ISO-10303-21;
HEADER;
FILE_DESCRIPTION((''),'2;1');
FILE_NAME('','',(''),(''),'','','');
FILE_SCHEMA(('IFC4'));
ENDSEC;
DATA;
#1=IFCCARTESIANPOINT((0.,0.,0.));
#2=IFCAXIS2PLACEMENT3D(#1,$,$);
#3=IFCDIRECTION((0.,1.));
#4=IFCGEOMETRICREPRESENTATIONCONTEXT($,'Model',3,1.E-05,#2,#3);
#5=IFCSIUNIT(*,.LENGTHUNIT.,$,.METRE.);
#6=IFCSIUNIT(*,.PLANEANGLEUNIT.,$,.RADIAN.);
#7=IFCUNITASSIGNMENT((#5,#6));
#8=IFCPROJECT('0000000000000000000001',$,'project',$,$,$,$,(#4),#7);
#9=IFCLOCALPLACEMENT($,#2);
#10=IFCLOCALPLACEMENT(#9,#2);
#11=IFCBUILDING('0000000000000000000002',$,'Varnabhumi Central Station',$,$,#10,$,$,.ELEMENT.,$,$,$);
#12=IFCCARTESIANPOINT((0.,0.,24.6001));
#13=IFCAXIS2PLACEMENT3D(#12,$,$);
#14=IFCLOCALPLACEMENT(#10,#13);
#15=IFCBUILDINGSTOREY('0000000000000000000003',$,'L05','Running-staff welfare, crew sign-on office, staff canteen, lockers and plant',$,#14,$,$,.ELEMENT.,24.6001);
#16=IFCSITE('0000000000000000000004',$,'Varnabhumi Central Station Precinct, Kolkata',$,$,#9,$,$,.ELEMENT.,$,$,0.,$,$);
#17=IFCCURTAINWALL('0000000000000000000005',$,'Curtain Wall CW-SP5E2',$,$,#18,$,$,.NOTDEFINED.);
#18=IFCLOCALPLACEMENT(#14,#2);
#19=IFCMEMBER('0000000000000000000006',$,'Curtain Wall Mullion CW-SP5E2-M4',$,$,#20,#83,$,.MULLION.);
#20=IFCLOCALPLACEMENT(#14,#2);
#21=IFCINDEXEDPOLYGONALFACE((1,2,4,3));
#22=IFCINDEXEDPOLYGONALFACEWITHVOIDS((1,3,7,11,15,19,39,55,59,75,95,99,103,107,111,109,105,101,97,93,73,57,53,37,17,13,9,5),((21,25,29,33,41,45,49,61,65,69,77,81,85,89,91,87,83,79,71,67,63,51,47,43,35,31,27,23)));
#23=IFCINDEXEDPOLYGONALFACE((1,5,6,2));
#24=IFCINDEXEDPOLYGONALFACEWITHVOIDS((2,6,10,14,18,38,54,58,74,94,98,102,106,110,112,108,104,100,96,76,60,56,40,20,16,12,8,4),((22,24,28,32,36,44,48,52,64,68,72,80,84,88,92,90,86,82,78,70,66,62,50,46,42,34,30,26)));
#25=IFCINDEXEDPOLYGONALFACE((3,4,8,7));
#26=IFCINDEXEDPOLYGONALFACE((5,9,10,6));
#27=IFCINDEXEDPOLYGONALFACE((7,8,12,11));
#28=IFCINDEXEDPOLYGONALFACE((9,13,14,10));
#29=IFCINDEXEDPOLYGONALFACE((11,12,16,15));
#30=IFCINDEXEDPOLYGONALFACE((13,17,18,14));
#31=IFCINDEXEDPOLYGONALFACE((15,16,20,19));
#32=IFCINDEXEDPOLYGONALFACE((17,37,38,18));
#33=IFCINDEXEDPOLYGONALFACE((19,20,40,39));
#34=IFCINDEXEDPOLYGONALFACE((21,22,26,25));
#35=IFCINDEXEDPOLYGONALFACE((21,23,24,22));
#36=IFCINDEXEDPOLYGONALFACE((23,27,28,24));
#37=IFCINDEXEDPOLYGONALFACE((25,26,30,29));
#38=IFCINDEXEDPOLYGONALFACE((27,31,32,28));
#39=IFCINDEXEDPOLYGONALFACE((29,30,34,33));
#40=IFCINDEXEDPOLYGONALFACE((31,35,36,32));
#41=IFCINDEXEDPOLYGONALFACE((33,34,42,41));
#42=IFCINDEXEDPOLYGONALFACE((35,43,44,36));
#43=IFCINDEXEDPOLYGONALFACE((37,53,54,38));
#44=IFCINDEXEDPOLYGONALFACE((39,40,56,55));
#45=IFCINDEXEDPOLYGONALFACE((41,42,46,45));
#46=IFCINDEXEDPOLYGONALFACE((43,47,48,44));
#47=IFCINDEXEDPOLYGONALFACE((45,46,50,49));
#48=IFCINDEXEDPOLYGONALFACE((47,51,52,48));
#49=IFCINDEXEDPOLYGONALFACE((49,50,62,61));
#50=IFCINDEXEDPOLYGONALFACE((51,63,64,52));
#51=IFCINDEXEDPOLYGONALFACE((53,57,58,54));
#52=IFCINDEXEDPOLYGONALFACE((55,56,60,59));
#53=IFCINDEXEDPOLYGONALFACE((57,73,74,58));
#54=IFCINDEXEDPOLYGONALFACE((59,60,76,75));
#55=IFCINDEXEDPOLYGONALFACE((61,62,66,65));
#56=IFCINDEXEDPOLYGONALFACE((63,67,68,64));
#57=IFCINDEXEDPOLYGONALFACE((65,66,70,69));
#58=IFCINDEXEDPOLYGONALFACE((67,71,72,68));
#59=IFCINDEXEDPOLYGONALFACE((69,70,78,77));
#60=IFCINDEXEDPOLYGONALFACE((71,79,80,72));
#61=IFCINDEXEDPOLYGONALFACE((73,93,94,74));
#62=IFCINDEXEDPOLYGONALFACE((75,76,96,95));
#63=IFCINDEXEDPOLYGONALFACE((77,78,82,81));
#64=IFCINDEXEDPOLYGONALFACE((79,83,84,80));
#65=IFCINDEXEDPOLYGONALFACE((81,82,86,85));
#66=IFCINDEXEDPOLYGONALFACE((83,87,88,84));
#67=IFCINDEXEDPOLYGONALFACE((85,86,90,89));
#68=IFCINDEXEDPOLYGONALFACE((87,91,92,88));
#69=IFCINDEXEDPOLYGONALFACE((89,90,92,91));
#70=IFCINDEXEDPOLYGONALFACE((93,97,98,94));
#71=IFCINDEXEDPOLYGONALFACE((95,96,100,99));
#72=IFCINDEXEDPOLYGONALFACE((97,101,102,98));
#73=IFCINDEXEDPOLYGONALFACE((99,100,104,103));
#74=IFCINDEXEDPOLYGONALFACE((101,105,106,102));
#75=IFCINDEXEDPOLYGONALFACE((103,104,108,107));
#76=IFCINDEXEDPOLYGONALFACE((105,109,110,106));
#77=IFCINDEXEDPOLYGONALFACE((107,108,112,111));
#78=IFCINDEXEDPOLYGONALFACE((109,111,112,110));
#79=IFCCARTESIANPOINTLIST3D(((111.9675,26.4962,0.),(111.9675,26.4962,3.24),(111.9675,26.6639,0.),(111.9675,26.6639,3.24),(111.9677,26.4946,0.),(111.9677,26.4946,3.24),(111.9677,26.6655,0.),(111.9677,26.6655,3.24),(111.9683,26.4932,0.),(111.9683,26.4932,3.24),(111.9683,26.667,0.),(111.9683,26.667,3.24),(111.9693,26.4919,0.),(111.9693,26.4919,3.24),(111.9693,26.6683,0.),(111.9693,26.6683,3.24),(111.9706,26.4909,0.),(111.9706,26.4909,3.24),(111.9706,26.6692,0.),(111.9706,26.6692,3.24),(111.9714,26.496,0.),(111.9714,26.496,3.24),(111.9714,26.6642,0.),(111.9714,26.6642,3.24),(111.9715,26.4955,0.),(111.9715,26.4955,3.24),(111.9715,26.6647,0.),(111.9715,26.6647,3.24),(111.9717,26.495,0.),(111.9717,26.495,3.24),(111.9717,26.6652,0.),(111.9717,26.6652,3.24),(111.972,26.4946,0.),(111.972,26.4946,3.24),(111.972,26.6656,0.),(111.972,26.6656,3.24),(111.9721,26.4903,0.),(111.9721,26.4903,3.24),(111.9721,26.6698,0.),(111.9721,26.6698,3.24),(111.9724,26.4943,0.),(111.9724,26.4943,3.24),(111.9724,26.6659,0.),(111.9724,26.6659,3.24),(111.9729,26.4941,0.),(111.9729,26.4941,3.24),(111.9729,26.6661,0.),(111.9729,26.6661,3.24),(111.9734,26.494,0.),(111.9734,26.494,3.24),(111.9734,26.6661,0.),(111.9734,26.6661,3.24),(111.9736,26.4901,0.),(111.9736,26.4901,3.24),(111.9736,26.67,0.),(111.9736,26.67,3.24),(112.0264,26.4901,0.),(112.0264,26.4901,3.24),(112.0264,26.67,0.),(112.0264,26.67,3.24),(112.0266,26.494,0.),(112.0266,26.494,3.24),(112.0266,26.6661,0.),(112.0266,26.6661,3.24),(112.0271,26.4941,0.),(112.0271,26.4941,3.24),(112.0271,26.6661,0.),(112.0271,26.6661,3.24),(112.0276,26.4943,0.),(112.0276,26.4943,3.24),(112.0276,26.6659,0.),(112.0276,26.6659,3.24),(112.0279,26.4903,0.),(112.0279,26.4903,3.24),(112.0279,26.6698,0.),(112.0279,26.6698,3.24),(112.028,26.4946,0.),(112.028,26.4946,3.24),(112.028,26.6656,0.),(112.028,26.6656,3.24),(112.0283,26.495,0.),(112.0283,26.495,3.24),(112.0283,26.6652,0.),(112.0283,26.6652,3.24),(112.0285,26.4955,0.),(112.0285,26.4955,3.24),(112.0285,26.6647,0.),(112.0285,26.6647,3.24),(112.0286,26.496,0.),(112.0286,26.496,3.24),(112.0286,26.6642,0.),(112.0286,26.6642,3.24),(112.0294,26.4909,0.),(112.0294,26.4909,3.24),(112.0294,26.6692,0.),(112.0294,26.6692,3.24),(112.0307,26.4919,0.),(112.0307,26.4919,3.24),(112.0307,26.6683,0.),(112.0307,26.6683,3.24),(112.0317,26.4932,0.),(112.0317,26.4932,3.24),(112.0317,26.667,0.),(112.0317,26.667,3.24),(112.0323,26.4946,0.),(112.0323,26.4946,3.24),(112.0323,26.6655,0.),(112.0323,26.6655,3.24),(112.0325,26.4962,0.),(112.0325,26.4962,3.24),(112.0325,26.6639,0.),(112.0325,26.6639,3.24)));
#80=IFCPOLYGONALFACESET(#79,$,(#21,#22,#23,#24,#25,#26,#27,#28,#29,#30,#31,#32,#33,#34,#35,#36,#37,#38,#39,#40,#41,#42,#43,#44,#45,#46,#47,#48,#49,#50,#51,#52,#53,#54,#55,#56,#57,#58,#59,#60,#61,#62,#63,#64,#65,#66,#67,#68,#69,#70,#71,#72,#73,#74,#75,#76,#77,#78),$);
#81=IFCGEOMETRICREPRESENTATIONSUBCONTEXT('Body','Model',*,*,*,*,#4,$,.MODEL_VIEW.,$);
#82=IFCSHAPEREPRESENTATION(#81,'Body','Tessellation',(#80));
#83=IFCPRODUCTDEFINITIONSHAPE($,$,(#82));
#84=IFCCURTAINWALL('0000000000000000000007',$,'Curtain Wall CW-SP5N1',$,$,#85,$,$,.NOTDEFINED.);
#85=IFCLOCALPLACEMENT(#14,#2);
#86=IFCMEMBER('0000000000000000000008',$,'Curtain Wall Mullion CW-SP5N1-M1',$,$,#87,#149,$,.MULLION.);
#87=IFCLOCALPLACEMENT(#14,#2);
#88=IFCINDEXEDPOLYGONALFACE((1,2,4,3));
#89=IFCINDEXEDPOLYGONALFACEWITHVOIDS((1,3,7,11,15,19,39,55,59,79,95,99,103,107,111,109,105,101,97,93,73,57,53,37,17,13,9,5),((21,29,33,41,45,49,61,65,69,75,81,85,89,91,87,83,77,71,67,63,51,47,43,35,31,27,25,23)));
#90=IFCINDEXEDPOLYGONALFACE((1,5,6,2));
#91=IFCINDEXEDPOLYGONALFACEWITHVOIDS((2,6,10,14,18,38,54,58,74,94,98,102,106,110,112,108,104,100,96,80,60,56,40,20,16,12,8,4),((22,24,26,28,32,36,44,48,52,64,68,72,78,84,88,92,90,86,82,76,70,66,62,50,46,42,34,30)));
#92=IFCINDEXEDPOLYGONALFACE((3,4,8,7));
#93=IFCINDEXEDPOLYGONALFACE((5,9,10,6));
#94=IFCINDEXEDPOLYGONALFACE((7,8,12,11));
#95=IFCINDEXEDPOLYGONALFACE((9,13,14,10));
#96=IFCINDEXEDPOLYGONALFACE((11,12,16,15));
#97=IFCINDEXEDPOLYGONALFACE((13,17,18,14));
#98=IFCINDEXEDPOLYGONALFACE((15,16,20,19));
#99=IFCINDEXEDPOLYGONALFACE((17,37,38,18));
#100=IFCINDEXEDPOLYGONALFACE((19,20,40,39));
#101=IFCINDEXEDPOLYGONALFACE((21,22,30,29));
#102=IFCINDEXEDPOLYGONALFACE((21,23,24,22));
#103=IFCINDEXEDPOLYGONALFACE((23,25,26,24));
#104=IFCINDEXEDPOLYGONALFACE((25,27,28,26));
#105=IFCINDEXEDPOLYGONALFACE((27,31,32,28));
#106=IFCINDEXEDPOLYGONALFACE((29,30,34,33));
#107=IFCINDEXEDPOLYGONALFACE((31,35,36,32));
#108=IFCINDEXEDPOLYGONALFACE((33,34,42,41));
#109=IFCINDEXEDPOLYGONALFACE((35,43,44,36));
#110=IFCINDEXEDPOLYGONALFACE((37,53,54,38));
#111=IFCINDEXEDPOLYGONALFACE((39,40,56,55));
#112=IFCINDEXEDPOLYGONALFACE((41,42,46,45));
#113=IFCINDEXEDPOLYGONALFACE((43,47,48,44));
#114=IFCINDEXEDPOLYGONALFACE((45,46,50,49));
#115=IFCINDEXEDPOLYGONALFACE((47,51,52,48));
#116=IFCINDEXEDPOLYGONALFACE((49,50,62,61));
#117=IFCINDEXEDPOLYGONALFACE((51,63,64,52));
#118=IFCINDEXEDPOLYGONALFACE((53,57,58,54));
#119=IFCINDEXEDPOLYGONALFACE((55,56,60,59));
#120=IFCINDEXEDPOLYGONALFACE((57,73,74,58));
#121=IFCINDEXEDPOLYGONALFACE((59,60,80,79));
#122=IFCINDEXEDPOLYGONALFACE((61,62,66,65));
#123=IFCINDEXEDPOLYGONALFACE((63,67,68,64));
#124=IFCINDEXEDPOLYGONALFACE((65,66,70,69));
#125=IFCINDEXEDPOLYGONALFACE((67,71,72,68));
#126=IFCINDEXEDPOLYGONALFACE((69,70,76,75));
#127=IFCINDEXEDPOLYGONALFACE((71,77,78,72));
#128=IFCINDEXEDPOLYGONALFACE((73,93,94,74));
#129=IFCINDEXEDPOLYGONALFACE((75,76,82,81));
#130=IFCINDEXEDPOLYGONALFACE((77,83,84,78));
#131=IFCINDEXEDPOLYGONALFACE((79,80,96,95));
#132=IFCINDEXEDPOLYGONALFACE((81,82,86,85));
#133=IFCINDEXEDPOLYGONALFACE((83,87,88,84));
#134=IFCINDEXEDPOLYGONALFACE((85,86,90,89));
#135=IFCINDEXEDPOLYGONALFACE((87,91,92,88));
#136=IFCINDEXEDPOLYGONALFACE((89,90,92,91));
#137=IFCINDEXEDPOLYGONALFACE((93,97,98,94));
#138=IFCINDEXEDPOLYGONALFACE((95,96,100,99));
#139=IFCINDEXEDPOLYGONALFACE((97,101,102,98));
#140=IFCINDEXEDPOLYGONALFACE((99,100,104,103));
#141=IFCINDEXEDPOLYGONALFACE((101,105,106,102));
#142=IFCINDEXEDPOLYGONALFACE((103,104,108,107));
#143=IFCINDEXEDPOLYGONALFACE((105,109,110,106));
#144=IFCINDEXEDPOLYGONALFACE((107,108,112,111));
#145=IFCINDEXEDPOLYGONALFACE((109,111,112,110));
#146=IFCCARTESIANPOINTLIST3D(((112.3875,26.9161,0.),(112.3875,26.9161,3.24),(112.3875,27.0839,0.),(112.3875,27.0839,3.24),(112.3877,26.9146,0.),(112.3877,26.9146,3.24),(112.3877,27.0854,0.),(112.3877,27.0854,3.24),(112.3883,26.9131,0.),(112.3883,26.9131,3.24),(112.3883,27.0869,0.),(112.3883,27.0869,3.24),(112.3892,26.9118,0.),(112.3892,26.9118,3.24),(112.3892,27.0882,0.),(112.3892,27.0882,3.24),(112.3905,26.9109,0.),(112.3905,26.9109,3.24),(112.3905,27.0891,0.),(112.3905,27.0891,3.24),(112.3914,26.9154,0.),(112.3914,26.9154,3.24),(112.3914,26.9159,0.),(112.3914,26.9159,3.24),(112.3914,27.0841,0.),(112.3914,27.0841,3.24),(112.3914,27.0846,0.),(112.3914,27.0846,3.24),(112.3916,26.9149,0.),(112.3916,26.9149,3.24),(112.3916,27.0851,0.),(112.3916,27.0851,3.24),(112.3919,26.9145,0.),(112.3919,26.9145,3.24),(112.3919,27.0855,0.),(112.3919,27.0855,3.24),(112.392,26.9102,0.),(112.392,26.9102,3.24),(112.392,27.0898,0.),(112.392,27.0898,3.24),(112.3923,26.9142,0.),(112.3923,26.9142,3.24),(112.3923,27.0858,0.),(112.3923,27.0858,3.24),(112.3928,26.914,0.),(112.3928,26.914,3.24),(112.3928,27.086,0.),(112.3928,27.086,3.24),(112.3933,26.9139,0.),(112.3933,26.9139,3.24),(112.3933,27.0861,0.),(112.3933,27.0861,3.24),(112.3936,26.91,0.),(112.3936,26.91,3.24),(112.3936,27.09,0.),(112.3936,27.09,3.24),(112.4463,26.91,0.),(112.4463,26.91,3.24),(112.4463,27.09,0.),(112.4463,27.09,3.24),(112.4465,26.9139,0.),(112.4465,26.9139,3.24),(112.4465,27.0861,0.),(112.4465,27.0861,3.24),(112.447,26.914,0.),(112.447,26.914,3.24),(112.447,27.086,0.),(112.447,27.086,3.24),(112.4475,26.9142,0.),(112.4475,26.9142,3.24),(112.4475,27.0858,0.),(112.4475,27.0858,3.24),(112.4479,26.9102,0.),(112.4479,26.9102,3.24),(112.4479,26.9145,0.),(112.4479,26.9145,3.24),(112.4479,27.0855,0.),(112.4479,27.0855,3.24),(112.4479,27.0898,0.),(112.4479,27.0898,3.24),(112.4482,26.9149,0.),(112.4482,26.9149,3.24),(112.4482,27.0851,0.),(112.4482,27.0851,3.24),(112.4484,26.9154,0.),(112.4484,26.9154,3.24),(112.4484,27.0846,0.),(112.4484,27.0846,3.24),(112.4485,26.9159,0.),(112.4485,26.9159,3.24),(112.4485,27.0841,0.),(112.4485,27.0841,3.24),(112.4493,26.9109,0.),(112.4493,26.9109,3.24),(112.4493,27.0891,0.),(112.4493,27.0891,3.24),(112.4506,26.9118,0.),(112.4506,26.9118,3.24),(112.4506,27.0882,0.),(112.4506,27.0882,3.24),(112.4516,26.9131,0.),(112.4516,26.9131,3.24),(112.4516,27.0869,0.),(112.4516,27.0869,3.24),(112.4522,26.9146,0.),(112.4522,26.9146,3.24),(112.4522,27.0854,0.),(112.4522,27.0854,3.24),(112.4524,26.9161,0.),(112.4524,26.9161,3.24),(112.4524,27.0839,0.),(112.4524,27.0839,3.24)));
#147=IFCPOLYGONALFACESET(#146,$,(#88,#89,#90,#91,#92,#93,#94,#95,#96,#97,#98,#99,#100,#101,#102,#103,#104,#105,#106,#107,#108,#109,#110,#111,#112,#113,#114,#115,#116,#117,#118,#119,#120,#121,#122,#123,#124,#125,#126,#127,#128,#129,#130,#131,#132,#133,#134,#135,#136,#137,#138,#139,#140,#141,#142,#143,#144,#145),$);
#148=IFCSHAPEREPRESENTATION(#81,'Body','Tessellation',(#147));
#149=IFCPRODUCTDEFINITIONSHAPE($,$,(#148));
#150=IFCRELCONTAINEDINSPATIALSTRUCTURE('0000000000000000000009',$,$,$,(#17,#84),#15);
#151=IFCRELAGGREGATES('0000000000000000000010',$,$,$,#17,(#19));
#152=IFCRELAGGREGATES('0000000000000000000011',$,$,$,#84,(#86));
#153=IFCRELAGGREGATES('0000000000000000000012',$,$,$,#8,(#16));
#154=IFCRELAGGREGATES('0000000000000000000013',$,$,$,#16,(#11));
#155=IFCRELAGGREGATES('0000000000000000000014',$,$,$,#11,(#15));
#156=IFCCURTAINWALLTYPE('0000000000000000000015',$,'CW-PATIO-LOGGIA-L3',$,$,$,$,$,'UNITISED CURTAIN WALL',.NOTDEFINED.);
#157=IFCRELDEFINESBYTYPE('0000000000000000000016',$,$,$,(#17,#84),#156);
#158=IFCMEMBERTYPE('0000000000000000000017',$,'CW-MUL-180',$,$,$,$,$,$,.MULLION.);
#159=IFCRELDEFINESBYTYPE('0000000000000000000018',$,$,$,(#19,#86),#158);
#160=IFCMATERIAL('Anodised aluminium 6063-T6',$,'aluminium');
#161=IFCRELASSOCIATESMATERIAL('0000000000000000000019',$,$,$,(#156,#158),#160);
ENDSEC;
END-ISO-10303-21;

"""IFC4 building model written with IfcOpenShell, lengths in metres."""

from ifc_helpers import new_model, si_unit, direction, frame, origin, origin_2d, place, context, subcontext, project, spatial, hollow_rectangle, extrude, material, material_profile, profile_set, type_object, element, aggregate, save


model = new_model("IFC4")

# Units and contexts
model_context = context("Model", 3, precision=1e-05, world=origin(), true_north=direction((0.0, 1.0)))
body_context = subcontext(model_context, "Body", "Model", "MODEL_VIEW")
ifc_project = project(units=[si_unit("LENGTHUNIT", "METRE"), si_unit("PLANEANGLEUNIT", "RADIAN")], contexts=[model_context])

# Site, building, storey
site_placement = place(None, origin())
site = spatial("IfcSite", under=ifc_project, at=site_placement, Name="Varnabhumi Central Station Precinct, Kolkata", CompositionType="ELEMENT", RefElevation=0.0)
building_placement = place(site_placement, origin())
building = spatial("IfcBuilding", under=site, at=building_placement, Name="Varnabhumi Central Station", CompositionType="ELEMENT")
storey_placement = place(building_placement, frame((0.0, 0.0, 24.6001)))
storey = spatial("IfcBuildingStorey", under=building, at=storey_placement, Name="L05", Description="Running-staff welfare, crew sign-on office, staff canteen, lockers and plant", CompositionType="ELEMENT", Elevation=24.6001)

# Curtain walls, members
ifc_material_1 = material(Name="Anodised aluminium 6063-T6", Category="aluminium")
curtain_wall_type = type_object("IfcCurtainWallType", Name="CW-PATIO-LOGGIA-L3", ElementType="UNITISED CURTAIN WALL", PredefinedType="NOTDEFINED", material=ifc_material_1)
curtain_wall_1_placement = place(storey_placement, origin())
curtain_wall_1 = element("IfcCurtainWall", 1, at=curtain_wall_1_placement, inside=storey, type_object=curtain_wall_type, Name="Curtain Wall CW-SP5E2", PredefinedType="NOTDEFINED")
ifc_material_profile_1 = material_profile(ifc_material_1, hollow_rectangle(XDim=0.0649, YDim=0.1799, WallThickness=0.0039, InnerFilletRadius=0.002, OuterFilletRadius=0.0061, at=origin_2d()), Name="Anodised aluminium 6063-T6", Category="aluminium")
ifc_profile_set_1 = profile_set([ifc_material_profile_1], Name="Anodised aluminium 6063-T6")
member_type_1 = type_object("IfcMemberType", Name="CW-MUL-180", PredefinedType="MULLION", material=ifc_profile_set_1)
member_1_placement = place(storey_placement, frame((112.0, 26.5801, 0.0), z_axis=(0.0, 0.0, 1.0), x_axis=(1.0, 0.0, 0.0)))
member_1 = element("IfcMember", 2, at=member_1_placement, type_object=member_type_1, Name="Curtain Wall Mullion CW-SP5E2-M4", PredefinedType="MULLION", context=body_context, shape_type="SweptSolid", body=[
    extrude(hollow_rectangle(XDim=0.0649, YDim=0.1799, WallThickness=0.0039, InnerFilletRadius=0.002, OuterFilletRadius=0.0061, at=origin_2d()), origin(), (0.0, 0.0, 1.0), 3.24),
])
curtain_wall_2_placement = place(storey_placement, origin())
curtain_wall_2 = element("IfcCurtainWall", 3, at=curtain_wall_2_placement, inside=storey, type_object=curtain_wall_type, Name="Curtain Wall CW-SP5N1", PredefinedType="NOTDEFINED")
member_2_placement = place(storey_placement, frame((112.4199, 27.0, 0.0), z_axis=(0.0, 0.0, 1.0), x_axis=(1.0, 0.0, 0.0)))
member_2 = element("IfcMember", 4, at=member_2_placement, type_object=member_type_1, Name="Curtain Wall Mullion CW-SP5N1-M1", PredefinedType="MULLION", context=body_context, shape_type="SweptSolid", body=[
    extrude(hollow_rectangle(XDim=0.0649, YDim=0.1799, WallThickness=0.0039, InnerFilletRadius=0.002, OuterFilletRadius=0.0061, at=origin_2d()), origin(), (0.0, 0.0, 1.0), 3.24),
])

aggregate(curtain_wall_1, [member_1])
aggregate(curtain_wall_2, [member_2])

save(model, "model.ifc")
